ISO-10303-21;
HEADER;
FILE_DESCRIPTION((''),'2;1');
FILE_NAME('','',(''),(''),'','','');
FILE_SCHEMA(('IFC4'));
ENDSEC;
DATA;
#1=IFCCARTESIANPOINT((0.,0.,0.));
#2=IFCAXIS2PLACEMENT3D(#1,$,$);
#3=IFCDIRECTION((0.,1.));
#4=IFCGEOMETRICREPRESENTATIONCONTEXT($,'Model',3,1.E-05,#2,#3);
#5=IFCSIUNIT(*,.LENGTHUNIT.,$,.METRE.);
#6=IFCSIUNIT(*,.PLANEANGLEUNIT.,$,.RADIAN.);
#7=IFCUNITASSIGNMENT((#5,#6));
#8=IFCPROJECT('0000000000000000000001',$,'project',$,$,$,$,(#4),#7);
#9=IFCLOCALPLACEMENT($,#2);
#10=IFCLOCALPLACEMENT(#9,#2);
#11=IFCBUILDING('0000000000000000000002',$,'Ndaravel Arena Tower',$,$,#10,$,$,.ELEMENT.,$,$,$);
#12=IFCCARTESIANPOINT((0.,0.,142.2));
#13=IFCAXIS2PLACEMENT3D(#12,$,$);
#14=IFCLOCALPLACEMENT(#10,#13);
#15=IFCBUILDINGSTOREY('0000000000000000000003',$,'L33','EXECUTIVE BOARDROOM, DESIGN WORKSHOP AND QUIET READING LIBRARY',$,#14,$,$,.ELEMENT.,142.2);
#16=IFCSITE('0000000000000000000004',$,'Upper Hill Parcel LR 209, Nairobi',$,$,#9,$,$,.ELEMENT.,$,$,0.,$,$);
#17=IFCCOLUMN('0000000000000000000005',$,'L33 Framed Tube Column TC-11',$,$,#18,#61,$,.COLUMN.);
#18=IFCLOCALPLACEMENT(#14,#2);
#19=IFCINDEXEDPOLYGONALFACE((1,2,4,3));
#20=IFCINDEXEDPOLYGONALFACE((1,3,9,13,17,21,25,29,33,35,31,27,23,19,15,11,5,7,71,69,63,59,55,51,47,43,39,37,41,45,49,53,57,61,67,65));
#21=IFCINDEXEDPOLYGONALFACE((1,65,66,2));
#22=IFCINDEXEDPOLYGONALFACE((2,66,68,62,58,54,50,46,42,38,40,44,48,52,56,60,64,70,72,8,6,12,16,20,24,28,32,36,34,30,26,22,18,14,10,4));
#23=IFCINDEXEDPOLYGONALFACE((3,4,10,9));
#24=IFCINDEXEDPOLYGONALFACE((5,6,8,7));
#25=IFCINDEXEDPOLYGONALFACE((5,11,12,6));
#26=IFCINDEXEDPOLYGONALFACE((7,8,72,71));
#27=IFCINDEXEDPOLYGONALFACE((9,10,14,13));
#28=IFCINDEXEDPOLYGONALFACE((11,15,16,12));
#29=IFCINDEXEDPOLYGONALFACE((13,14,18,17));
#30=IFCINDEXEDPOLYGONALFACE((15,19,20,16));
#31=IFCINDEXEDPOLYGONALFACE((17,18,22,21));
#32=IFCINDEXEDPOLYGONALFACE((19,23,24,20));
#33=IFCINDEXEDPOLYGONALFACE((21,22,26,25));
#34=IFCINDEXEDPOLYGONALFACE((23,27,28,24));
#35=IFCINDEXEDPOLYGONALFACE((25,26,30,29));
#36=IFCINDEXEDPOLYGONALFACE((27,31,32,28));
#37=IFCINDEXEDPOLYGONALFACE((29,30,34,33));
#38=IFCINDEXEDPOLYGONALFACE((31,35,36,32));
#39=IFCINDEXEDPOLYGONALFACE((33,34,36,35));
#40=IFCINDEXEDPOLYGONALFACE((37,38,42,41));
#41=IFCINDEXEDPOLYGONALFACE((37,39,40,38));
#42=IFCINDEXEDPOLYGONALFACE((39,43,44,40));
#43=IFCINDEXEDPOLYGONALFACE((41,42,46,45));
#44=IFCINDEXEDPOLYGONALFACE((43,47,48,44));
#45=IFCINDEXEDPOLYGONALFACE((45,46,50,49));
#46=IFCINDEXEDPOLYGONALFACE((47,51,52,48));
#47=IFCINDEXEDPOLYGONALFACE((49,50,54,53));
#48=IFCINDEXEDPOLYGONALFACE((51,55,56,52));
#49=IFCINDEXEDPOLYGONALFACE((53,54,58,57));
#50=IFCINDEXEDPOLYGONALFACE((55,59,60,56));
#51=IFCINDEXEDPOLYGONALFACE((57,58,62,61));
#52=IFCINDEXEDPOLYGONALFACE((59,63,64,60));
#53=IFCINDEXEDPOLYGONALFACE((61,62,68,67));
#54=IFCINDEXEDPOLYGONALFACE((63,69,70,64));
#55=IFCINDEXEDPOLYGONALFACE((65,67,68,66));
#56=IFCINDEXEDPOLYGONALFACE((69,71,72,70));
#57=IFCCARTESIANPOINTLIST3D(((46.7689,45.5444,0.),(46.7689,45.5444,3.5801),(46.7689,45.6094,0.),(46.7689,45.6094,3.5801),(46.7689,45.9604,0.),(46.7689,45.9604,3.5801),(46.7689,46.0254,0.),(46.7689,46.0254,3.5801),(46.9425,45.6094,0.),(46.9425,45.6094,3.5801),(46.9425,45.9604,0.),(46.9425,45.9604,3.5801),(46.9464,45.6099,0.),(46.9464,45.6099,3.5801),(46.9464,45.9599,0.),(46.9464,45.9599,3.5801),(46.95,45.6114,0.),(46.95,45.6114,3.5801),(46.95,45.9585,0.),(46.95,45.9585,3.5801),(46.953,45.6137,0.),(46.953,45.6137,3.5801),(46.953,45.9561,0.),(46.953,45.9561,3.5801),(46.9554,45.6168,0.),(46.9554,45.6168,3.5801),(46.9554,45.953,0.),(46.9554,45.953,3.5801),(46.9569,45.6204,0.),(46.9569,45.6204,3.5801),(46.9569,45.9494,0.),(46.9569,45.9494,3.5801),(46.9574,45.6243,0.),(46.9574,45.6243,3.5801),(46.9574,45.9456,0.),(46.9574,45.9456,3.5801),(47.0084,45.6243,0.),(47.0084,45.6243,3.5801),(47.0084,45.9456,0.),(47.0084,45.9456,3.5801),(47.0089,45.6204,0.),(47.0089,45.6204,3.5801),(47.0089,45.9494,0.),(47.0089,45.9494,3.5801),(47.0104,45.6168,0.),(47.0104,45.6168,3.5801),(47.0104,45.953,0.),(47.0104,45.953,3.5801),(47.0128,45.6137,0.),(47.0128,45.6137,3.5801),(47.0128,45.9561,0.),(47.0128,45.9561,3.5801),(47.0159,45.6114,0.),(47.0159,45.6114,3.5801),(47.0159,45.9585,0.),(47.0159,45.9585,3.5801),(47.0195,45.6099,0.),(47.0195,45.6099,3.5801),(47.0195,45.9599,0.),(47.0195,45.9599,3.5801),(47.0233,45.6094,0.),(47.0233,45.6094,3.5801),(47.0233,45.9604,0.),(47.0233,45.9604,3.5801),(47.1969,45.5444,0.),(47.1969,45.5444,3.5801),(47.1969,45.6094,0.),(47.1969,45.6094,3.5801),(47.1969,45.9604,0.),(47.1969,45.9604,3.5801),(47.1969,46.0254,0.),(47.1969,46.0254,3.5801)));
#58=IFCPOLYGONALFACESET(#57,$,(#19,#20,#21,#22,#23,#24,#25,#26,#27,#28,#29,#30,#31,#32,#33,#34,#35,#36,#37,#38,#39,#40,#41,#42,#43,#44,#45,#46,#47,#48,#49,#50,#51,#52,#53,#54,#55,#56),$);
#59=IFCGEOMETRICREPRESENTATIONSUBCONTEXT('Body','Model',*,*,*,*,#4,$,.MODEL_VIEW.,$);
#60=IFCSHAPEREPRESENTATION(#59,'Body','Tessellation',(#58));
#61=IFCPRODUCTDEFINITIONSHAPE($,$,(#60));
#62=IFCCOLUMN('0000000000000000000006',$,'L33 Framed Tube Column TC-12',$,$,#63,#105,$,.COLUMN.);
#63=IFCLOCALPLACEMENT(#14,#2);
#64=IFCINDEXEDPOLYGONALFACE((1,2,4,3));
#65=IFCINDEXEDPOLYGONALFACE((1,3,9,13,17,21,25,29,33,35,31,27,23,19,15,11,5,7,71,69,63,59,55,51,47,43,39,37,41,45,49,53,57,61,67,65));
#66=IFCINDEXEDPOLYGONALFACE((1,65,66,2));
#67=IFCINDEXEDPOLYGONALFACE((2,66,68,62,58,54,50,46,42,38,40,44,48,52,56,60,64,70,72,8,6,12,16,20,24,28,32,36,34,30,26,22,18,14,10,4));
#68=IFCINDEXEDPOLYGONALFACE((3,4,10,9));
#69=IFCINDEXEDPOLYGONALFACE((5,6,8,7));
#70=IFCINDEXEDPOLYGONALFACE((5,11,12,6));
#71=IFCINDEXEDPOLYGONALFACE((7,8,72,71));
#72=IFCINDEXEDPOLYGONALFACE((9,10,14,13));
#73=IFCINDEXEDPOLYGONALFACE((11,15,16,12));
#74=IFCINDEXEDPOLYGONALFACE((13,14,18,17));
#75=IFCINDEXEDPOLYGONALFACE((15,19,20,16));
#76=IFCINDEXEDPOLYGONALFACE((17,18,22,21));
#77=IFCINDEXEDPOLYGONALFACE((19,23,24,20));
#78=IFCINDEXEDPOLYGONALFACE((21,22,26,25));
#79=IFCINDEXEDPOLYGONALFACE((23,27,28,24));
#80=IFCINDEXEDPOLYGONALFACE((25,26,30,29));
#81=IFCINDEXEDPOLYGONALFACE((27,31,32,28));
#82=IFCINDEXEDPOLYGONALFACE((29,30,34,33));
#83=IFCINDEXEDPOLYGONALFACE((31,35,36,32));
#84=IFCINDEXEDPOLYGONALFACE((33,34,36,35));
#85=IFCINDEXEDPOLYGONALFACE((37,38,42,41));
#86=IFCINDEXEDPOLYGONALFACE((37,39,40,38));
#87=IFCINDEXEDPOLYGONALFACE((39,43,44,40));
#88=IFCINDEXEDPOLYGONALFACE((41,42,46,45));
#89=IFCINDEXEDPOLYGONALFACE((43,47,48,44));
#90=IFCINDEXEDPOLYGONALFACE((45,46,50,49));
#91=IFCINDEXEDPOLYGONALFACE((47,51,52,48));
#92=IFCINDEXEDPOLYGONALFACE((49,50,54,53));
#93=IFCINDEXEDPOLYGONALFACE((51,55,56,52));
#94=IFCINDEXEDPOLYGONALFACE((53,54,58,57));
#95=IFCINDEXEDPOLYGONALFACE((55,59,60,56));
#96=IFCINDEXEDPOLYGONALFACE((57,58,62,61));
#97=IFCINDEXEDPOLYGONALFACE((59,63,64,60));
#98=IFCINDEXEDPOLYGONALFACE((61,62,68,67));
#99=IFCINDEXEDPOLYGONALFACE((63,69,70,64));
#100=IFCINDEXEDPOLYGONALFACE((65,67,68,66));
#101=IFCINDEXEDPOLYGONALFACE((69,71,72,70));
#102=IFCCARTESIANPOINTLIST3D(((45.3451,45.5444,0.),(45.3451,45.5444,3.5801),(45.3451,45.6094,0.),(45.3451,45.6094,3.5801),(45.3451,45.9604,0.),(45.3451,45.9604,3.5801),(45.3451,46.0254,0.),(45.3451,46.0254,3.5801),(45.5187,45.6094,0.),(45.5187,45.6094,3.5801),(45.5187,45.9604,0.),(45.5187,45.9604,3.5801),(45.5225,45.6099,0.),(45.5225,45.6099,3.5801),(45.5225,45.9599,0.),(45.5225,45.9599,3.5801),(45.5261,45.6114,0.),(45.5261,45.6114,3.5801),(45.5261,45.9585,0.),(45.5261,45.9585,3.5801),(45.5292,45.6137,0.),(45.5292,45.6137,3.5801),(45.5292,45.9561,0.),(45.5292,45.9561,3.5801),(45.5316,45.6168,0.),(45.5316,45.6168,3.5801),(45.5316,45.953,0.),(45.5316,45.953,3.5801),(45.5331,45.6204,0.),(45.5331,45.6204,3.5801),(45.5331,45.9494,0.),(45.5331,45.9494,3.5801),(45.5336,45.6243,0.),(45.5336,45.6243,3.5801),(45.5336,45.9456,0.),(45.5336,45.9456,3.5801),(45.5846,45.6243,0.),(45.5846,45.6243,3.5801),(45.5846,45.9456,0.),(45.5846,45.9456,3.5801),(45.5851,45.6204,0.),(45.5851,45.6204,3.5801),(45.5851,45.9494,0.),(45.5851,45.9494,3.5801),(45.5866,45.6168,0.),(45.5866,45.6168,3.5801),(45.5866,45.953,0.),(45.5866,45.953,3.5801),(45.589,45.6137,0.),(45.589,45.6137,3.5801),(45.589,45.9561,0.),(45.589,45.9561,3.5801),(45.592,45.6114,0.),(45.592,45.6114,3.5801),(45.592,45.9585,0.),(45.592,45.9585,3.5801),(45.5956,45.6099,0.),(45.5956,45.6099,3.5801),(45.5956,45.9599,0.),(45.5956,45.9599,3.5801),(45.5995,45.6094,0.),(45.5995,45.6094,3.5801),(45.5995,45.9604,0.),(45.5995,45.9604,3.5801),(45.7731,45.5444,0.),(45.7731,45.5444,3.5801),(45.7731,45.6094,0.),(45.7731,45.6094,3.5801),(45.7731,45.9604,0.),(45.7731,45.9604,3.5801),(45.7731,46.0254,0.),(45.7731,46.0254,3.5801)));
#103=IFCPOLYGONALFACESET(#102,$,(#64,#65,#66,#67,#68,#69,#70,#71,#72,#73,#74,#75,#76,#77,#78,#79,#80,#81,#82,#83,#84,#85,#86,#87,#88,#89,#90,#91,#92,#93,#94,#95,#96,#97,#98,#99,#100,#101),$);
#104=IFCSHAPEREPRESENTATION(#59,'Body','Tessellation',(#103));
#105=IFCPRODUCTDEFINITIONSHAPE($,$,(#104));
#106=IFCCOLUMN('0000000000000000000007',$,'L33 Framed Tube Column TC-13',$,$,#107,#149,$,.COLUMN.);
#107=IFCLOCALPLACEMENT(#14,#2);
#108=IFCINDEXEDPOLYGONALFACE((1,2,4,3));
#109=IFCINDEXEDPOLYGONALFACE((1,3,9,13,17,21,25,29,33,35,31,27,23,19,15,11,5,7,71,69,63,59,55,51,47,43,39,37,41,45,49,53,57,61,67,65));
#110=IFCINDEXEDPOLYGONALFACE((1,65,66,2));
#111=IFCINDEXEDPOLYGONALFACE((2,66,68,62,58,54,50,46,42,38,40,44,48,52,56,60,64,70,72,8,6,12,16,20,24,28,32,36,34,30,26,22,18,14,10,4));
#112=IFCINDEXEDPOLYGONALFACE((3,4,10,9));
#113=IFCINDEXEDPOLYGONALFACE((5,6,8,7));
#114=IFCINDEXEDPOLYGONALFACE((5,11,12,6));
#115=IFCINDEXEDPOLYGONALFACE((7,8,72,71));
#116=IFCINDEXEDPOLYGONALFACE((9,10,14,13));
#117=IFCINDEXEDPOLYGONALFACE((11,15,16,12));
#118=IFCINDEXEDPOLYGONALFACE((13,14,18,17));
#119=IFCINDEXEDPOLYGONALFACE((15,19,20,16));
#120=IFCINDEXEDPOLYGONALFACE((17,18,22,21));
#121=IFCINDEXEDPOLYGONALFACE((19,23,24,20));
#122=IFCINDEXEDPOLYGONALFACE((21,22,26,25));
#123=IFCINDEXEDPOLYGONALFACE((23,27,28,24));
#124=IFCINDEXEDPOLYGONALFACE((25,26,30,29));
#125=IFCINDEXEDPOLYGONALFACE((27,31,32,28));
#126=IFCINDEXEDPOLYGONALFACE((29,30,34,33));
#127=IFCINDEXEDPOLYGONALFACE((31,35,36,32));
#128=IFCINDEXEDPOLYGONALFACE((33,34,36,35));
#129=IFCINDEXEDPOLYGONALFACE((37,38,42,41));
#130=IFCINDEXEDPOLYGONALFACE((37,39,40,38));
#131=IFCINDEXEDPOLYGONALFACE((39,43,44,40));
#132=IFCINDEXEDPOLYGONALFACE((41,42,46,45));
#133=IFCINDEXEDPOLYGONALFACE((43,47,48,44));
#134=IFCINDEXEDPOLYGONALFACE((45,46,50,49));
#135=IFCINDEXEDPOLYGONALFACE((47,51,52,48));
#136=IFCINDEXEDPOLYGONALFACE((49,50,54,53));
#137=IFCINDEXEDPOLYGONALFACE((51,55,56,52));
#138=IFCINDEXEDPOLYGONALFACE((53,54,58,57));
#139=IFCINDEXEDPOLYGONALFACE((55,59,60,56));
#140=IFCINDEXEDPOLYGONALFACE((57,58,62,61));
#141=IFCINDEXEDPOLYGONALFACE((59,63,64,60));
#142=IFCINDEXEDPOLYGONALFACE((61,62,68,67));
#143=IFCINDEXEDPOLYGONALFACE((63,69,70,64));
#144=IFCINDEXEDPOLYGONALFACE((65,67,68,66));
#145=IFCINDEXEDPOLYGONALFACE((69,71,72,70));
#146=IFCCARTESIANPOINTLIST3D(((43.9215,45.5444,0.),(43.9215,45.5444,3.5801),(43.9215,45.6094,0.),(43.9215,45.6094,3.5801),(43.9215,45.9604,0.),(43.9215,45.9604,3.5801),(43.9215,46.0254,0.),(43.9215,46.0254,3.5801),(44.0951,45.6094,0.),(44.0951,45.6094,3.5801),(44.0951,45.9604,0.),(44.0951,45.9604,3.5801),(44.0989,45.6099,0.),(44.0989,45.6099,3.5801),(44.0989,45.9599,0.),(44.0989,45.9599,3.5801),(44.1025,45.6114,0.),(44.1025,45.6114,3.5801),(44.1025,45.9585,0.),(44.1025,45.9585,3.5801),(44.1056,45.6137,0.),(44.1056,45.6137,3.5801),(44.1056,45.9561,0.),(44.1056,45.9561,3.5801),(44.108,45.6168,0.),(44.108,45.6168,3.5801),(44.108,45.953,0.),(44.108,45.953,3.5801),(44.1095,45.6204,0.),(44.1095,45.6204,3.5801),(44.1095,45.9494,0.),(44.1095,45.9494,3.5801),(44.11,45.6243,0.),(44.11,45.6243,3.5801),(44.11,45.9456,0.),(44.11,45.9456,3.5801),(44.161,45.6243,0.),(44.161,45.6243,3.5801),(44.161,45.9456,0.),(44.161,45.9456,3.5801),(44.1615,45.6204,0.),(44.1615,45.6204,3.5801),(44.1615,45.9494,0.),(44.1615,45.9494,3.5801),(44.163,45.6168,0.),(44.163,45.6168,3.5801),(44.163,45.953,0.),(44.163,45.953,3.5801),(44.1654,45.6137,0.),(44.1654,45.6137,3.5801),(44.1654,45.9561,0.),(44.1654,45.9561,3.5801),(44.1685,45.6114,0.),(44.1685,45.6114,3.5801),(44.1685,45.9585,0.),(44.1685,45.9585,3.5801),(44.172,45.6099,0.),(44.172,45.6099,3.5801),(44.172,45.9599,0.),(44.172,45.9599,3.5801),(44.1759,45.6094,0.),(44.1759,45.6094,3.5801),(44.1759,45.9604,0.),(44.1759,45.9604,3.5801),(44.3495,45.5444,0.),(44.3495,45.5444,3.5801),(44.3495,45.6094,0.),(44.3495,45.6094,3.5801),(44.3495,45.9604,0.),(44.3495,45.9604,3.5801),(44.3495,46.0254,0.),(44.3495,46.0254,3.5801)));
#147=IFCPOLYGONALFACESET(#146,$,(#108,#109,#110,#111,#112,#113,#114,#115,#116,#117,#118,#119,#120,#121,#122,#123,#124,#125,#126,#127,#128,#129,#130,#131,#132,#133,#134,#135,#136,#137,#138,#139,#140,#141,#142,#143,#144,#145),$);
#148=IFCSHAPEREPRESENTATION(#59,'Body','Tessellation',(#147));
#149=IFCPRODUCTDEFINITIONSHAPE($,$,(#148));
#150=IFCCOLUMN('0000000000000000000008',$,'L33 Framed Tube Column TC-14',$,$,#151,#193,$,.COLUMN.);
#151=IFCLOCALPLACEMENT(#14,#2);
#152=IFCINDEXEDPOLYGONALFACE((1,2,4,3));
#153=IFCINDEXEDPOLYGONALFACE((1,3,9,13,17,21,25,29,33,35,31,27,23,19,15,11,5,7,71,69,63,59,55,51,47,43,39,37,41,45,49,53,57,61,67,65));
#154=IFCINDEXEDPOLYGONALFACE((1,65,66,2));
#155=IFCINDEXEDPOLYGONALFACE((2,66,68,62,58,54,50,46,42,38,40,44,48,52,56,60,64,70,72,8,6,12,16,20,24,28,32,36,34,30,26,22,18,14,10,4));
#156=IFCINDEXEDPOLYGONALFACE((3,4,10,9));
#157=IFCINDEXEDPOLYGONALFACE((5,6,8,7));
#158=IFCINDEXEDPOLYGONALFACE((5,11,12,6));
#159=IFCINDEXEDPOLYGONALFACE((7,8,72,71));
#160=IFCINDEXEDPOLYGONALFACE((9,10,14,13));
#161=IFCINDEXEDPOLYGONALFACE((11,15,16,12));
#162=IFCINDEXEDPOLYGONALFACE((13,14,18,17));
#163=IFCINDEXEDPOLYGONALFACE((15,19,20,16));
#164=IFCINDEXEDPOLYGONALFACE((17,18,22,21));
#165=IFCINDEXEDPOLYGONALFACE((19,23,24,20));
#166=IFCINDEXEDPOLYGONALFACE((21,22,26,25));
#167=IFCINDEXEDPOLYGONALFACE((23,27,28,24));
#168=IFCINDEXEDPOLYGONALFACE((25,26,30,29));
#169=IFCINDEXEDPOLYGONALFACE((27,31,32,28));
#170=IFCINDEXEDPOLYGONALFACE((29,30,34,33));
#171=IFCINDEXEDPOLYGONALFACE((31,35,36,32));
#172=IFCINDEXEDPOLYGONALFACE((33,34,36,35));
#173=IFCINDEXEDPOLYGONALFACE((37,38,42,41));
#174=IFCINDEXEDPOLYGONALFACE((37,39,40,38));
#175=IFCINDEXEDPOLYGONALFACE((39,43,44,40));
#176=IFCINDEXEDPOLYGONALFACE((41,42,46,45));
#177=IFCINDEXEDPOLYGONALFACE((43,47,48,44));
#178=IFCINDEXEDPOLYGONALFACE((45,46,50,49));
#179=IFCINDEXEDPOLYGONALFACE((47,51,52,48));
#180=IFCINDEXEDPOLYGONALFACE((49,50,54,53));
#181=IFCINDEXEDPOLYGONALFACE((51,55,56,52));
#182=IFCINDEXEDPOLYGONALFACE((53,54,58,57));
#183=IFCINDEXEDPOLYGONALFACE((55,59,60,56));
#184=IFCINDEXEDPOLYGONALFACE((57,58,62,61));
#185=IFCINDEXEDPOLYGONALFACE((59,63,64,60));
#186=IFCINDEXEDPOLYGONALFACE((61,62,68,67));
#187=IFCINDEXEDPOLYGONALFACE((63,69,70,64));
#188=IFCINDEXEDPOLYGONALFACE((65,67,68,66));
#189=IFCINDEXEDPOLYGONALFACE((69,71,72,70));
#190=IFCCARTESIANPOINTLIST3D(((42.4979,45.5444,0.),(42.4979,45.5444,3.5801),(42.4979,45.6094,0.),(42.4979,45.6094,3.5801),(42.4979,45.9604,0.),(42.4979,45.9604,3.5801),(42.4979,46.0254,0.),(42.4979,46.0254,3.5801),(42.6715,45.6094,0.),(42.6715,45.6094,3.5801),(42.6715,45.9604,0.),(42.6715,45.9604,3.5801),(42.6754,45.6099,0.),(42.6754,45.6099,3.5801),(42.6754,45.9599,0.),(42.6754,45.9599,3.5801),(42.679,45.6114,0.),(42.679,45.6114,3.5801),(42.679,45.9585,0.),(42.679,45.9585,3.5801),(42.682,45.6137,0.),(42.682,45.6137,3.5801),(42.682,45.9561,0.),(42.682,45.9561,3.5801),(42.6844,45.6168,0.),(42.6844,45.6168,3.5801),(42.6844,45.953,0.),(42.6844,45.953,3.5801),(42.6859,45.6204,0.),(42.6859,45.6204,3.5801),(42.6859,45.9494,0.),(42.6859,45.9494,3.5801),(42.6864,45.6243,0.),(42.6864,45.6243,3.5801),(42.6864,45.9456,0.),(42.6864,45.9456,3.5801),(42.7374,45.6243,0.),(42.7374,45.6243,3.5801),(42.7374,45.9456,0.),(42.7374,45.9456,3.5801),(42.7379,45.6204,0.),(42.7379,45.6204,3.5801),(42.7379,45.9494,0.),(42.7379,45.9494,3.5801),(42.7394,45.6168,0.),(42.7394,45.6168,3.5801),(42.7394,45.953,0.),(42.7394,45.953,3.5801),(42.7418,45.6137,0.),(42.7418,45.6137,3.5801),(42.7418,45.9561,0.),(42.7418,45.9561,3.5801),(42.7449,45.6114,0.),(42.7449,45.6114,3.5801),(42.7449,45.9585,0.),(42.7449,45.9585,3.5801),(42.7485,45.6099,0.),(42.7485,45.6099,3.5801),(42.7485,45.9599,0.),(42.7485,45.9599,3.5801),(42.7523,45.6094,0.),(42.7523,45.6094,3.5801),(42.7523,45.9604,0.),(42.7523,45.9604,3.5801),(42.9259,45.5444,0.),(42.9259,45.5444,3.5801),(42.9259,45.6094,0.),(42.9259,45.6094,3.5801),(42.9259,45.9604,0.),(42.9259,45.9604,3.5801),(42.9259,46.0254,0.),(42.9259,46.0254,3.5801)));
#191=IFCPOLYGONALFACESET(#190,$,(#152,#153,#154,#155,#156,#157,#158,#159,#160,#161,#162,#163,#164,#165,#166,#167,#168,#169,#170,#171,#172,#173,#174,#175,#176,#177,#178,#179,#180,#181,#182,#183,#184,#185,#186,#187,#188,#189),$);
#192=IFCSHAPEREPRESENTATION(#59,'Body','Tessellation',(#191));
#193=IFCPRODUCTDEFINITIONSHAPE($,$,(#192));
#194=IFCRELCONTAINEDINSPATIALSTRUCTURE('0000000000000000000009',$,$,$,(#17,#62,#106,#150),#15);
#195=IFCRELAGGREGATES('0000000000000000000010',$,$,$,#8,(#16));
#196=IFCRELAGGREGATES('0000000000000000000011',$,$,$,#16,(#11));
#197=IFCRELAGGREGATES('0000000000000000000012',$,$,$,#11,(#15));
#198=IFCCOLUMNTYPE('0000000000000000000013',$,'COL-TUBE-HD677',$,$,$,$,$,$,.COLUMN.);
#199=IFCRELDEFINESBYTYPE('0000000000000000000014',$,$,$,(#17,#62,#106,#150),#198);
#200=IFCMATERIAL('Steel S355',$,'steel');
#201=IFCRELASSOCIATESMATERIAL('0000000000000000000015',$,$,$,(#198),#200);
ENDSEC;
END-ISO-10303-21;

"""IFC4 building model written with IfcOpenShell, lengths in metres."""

from ifc_helpers import new_model, si_unit, direction, frame, origin, origin_2d, place, context, subcontext, project, spatial, i_section, extrude, material, material_profile, profile_set, type_object, element, save


model = new_model("IFC4")

# Units and contexts
model_context = context("Model", 3, precision=1e-05, world=origin(), true_north=direction((0.0, 1.0)))
body_context = subcontext(model_context, "Body", "Model", "MODEL_VIEW")
ifc_project = project(units=[si_unit("LENGTHUNIT", "METRE"), si_unit("PLANEANGLEUNIT", "RADIAN")], contexts=[model_context])

# Site, building, storey
site_placement = place(None, origin())
site = spatial("IfcSite", under=ifc_project, at=site_placement, Name="Upper Hill Parcel LR 209, Nairobi", CompositionType="ELEMENT", RefElevation=0.0)
building_placement = place(site_placement, origin())
building = spatial("IfcBuilding", under=site, at=building_placement, Name="Ndaravel Arena Tower", CompositionType="ELEMENT")
storey_placement = place(building_placement, frame((0.0, 0.0, 142.2)))
storey = spatial("IfcBuildingStorey", under=building, at=storey_placement, Name="L33", Description="EXECUTIVE BOARDROOM, DESIGN WORKSHOP AND QUIET READING LIBRARY", CompositionType="ELEMENT", Elevation=142.2)

# Columns
ifc_material_1 = material(Name="Steel S355", Category="steel")
ifc_material_profile_1 = material_profile(ifc_material_1, i_section(OverallWidth=0.428, OverallDepth=0.481, WebThickness=0.051, FlangeThickness=0.0649, FilletRadius=0.0149, at=origin_2d()), Name="HD 400x677")
ifc_profile_set_1 = profile_set([ifc_material_profile_1], Name="Steel S355")
column_type = type_object("IfcColumnType", Name="COL-TUBE-HD677", PredefinedType="COLUMN", material=ifc_profile_set_1)
for number, where, z_axis, x_axis, name in (
    (1, (46.9829, 45.7849, 0.0), (0.0, 0.0, 1.0), (1.0, 0.0, 0.0), "L33 Framed Tube Column TC-11"),
    (2, (45.5591, 45.7849, 0.0), (0.0, 0.0, 1.0), (1.0, 0.0, 0.0), "L33 Framed Tube Column TC-12"),
    (3, (44.1355, 45.7849, 0.0), (0.0, 0.0, 1.0), (1.0, 0.0, 0.0), "L33 Framed Tube Column TC-13"),
    (4, (42.7119, 45.7849, 0.0), (0.0, 0.0, 1.0), (1.0, 0.0, 0.0), "L33 Framed Tube Column TC-14"),
):
    element("IfcColumn", number, at=place(storey_placement, frame(where, z_axis=z_axis, x_axis=x_axis)), inside=storey, type_object=column_type, Name=name, PredefinedType="COLUMN", context=body_context, shape_type="SweptSolid", body=[
        extrude(i_section(OverallWidth=0.428, OverallDepth=0.481, WebThickness=0.051, FlangeThickness=0.0649, FilletRadius=0.0149, at=origin_2d()), origin(), (0.0, 0.0, 1.0), 3.5801),
    ])

save(model, "model.ifc")
